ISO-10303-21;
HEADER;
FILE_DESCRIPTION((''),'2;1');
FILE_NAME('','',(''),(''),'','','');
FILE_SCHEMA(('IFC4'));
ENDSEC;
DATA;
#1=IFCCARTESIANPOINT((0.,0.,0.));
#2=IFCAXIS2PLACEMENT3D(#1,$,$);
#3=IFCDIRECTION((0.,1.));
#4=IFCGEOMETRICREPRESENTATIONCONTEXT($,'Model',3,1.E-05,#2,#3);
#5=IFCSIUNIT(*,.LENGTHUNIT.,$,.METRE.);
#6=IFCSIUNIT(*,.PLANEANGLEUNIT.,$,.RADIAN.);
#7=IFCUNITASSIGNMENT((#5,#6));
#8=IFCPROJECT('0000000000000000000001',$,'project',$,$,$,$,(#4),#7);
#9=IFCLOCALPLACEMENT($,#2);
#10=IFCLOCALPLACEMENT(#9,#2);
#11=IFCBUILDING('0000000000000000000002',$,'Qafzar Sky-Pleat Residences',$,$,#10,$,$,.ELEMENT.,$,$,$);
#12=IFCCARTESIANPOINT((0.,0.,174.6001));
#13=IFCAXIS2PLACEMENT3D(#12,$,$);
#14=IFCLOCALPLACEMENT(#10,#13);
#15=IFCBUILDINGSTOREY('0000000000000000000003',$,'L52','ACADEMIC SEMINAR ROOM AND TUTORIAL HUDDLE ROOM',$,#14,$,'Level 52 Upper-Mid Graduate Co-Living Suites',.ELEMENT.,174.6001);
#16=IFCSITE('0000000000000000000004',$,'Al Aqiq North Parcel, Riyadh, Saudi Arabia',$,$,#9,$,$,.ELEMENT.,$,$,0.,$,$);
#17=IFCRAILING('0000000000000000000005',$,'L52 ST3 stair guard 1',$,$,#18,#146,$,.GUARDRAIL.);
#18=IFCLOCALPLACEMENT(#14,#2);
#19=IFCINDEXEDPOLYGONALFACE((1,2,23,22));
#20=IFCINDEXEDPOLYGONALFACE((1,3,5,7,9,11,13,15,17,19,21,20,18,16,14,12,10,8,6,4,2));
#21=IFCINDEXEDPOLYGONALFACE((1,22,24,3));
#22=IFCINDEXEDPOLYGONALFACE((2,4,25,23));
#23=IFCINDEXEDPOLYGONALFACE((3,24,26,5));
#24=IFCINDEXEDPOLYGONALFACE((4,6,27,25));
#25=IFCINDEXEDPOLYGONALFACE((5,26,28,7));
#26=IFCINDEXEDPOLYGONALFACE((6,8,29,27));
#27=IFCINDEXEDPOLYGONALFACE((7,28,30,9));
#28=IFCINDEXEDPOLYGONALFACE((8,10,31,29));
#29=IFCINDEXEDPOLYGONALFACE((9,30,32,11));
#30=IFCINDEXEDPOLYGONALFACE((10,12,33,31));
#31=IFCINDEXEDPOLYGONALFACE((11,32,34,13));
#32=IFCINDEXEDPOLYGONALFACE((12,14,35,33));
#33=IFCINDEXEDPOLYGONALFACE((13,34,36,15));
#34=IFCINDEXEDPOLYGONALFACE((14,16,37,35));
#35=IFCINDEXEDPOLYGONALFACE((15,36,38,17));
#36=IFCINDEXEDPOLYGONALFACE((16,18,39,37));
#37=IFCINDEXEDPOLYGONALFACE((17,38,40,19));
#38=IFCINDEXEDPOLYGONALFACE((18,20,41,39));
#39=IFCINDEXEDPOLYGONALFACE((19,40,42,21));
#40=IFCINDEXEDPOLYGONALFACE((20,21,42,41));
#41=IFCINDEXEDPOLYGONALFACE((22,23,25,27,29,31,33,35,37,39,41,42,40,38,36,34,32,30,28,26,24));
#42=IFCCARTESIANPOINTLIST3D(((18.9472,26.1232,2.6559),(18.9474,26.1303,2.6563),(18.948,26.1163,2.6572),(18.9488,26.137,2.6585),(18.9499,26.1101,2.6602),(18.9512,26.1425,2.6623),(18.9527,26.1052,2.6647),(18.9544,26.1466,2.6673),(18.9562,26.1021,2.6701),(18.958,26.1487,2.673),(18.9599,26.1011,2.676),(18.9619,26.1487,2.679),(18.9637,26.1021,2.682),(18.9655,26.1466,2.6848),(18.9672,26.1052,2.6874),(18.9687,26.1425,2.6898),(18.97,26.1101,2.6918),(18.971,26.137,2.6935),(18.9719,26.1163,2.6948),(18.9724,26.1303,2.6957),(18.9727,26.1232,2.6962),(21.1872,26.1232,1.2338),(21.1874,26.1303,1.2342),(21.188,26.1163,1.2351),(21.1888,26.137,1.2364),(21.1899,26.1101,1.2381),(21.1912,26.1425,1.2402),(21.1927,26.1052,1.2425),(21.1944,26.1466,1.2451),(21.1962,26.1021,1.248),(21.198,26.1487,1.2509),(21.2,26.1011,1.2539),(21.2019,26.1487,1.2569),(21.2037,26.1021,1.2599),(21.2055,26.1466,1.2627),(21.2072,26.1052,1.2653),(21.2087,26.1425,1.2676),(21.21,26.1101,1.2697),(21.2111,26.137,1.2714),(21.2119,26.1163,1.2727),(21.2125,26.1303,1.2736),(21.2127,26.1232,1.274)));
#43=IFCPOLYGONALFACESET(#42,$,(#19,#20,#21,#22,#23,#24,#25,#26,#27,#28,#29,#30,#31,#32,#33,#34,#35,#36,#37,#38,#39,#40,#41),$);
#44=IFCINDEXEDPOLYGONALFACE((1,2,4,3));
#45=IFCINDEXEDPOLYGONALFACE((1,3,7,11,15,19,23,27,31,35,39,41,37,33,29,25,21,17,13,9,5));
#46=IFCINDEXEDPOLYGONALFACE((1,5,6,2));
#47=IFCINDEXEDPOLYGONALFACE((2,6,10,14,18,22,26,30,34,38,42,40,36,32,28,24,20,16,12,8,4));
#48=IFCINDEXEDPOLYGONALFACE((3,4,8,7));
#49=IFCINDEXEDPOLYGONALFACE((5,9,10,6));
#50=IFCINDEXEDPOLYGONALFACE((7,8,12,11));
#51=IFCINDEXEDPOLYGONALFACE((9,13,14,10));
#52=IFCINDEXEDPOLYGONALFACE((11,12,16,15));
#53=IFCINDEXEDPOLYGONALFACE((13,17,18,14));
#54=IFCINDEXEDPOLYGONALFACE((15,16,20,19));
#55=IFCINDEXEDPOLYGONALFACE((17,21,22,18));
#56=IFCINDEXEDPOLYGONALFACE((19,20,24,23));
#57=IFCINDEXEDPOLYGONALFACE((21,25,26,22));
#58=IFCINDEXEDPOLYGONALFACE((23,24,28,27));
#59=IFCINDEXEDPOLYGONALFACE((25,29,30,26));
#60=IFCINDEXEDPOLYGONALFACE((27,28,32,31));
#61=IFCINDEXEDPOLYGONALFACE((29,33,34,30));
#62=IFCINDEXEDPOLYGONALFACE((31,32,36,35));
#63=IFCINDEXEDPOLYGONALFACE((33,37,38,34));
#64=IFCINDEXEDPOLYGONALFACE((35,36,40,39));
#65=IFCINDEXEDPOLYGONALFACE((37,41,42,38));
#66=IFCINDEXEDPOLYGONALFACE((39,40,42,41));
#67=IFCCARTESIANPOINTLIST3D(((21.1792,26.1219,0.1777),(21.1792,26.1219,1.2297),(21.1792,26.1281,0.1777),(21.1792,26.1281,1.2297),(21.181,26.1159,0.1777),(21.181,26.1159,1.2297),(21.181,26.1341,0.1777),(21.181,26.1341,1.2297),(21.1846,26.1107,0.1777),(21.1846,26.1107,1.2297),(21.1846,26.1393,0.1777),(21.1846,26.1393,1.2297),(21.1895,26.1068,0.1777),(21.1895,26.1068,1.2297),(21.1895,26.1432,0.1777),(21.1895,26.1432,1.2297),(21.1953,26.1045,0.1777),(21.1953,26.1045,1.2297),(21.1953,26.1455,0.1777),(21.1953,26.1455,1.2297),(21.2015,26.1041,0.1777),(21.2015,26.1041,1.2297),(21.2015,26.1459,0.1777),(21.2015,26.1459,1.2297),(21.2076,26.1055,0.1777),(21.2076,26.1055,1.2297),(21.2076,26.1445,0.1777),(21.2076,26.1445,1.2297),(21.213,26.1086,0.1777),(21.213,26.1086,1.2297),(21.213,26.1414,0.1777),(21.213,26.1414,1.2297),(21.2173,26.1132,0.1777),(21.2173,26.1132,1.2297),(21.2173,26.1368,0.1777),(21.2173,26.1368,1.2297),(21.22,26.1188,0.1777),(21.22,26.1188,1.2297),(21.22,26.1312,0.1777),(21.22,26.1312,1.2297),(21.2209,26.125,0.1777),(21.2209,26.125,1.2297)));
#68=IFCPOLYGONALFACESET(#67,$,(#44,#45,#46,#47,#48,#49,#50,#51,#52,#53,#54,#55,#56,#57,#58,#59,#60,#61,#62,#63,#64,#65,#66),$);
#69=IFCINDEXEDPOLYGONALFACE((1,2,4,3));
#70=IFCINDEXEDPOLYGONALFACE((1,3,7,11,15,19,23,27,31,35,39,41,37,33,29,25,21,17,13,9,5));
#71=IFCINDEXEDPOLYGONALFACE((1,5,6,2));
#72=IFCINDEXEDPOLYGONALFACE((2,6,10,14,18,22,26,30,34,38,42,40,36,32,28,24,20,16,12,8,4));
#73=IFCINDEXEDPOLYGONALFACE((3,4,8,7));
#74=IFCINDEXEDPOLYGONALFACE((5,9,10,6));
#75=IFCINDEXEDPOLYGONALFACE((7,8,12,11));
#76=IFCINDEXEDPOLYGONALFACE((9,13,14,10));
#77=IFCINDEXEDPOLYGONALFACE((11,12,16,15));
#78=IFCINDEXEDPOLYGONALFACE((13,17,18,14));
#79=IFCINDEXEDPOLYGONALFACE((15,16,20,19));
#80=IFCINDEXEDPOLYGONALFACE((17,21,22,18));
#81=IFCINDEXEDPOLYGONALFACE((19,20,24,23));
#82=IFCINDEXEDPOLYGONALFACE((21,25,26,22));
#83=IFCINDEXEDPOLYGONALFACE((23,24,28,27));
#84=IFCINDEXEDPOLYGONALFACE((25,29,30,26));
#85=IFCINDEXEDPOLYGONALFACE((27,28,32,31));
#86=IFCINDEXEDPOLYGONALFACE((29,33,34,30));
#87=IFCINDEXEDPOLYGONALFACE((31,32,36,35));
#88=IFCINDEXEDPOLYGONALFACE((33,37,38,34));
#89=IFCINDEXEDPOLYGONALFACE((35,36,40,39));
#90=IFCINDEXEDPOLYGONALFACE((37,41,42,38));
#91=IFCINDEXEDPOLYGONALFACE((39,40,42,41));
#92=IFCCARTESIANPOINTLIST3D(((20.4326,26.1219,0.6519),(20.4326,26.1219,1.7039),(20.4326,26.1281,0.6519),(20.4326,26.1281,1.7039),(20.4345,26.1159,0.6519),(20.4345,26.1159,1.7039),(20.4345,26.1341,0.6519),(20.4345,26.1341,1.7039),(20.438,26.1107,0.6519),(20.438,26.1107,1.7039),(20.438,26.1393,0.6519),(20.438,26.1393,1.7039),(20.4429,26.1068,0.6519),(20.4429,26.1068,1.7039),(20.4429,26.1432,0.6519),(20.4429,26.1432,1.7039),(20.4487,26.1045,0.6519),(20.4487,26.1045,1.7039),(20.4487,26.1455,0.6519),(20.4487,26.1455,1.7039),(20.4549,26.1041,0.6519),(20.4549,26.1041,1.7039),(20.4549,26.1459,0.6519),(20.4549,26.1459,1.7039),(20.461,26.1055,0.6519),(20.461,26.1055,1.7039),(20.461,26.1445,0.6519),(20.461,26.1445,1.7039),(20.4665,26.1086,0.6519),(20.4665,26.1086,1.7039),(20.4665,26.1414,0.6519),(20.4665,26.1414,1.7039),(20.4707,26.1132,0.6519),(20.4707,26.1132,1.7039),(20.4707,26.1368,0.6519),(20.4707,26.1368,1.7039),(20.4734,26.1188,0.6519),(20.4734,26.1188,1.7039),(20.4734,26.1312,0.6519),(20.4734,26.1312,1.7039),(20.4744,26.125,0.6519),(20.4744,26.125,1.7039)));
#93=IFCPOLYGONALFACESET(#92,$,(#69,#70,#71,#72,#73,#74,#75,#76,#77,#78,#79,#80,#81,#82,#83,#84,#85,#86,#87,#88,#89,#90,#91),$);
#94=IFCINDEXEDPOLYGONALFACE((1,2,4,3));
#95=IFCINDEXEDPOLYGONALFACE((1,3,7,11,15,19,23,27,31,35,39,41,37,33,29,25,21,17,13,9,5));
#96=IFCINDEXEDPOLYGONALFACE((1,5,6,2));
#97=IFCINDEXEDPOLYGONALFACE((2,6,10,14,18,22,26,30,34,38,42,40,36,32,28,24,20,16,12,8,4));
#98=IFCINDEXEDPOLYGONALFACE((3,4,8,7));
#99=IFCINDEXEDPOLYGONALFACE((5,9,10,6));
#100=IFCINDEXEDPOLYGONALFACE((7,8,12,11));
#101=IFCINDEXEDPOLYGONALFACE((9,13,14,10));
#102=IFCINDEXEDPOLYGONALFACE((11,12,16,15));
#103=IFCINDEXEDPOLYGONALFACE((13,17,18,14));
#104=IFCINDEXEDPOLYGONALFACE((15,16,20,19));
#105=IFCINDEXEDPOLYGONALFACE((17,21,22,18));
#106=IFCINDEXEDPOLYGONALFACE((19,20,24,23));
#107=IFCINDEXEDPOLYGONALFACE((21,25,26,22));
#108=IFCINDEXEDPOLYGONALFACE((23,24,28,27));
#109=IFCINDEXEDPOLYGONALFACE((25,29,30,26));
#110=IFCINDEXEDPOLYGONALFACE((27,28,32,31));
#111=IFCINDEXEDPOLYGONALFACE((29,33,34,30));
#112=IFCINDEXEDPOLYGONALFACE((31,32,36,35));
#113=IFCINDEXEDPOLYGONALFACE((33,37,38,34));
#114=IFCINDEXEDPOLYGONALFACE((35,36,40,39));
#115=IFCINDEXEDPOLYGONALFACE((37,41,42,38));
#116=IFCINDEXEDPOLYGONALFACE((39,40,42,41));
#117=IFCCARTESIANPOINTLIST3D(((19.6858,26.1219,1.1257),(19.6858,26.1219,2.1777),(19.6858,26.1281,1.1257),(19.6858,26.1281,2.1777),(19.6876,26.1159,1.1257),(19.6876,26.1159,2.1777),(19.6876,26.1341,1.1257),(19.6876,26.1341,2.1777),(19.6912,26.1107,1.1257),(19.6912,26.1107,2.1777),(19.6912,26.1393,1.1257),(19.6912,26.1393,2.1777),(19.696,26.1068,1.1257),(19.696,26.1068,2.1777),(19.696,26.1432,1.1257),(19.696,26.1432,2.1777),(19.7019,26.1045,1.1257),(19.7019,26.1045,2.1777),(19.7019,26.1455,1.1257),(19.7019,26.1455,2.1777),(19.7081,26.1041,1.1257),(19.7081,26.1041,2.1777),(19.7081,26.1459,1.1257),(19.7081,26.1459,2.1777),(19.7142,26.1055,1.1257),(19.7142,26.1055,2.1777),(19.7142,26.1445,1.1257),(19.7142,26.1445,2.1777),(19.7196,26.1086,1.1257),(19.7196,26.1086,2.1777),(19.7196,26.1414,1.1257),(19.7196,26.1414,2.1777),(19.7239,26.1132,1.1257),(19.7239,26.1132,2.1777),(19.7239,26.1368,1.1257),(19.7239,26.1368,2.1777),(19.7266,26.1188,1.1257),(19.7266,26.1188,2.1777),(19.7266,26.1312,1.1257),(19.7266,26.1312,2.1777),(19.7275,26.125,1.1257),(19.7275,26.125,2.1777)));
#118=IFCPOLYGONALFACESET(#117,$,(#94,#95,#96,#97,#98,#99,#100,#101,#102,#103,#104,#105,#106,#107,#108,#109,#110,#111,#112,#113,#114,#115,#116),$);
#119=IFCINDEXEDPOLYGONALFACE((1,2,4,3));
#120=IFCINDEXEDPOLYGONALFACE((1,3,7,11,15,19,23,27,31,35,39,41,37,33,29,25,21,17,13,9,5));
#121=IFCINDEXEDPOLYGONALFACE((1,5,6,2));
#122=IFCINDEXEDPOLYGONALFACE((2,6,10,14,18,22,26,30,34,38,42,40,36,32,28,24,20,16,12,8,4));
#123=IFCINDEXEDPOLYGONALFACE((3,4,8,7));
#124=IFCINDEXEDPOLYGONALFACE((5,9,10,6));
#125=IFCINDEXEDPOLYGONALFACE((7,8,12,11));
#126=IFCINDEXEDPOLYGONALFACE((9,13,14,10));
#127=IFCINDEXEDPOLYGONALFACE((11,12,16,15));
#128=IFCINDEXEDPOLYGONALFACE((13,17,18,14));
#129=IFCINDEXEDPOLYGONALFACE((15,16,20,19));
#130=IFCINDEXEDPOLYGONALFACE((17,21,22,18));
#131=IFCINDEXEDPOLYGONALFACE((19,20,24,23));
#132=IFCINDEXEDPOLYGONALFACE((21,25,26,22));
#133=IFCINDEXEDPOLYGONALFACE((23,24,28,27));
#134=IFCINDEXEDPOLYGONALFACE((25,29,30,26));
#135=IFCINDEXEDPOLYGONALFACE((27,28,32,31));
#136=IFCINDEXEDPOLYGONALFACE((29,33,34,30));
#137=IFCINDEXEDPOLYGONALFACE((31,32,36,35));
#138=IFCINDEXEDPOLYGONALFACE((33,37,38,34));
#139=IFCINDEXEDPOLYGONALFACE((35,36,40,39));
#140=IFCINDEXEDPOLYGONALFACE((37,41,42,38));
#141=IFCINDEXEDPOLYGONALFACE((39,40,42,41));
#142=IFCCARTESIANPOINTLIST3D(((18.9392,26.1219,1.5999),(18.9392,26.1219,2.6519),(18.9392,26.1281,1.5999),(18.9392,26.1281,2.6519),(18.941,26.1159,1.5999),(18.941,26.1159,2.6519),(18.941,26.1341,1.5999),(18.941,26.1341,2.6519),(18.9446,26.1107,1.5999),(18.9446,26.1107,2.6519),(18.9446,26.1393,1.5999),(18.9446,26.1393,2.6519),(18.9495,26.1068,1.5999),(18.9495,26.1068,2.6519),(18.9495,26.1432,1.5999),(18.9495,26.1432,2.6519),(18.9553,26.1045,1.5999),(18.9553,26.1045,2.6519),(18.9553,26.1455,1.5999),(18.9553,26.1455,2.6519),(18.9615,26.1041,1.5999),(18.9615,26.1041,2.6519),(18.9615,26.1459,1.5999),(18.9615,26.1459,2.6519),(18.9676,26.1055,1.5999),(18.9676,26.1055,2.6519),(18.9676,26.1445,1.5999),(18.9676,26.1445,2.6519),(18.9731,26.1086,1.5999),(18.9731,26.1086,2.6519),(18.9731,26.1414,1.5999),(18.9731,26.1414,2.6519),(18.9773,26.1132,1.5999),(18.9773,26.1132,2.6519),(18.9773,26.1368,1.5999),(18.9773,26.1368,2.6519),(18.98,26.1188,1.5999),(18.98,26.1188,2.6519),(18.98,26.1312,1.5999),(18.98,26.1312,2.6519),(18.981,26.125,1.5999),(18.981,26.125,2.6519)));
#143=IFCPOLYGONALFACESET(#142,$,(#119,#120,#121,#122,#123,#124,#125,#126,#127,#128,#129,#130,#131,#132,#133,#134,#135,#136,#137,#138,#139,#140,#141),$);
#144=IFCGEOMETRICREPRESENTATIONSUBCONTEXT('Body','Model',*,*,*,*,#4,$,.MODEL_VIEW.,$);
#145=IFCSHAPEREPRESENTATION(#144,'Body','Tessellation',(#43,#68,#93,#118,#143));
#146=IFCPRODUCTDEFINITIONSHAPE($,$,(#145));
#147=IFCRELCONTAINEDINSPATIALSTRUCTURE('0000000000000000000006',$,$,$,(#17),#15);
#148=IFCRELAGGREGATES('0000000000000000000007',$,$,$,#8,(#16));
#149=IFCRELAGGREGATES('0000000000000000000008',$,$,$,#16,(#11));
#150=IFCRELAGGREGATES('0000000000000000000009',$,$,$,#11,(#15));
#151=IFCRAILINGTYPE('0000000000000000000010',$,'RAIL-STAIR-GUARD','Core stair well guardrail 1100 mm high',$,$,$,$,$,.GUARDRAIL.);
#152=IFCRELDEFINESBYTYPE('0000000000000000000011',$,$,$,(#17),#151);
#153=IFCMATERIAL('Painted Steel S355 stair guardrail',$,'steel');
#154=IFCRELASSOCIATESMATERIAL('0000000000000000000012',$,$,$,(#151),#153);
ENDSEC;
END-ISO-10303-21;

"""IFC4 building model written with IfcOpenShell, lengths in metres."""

from ifc_helpers import new_model, si_unit, direction, frame, origin, origin_2d, place, context, subcontext, project, spatial, circle, extrude, source, transform, mapped, material, type_object, element, save


model = new_model("IFC4")

# Units and contexts
model_context = context("Model", 3, precision=1e-05, world=origin(), true_north=direction((0.0, 1.0)))
body_context = subcontext(model_context, "Body", "Model", "MODEL_VIEW")
ifc_project = project(units=[si_unit("LENGTHUNIT", "METRE"), si_unit("PLANEANGLEUNIT", "RADIAN")], contexts=[model_context])

# Site, building, storey
site_placement = place(None, origin())
site = spatial("IfcSite", under=ifc_project, at=site_placement, Name="Al Aqiq North Parcel, Riyadh, Saudi Arabia", CompositionType="ELEMENT", RefElevation=0.0)
building_placement = place(site_placement, origin())
building = spatial("IfcBuilding", under=site, at=building_placement, Name="Qafzar Sky-Pleat Residences", CompositionType="ELEMENT")
storey_placement = place(building_placement, frame((0.0, 0.0, 174.6001)))
storey = spatial("IfcBuildingStorey", under=building, at=storey_placement, Name="L52", Description="ACADEMIC SEMINAR ROOM AND TUTORIAL HUDDLE ROOM", LongName="Level 52 Upper-Mid Graduate Co-Living Suites", CompositionType="ELEMENT", Elevation=174.6001)

# Railing
ifc_material_1 = material(Name="Painted Steel S355 stair guardrail", Category="steel")
railing_type_1 = type_object("IfcRailingType", Name="RAIL-STAIR-GUARD", Description="Core stair well guardrail 1100 mm high", PredefinedType="GUARDRAIL", material=ifc_material_1)
shared_shape_1 = source(origin(), body_context, "Body", "SweptSolid", [
    extrude(circle(Radius=0.0239, at=origin_2d()), frame((0.0, 0.0, 1.0762), z_axis=(-0.844229, 0.0, 0.535982), x_axis=(0.0, -1.0, 0.0)), (0.0, 0.0, 1.0), 2.6533),
    extrude(circle(Radius=0.021, at=origin_2d()), origin(), (0.0, 0.0, 1.0), 1.052),
    extrude(circle(Radius=0.021, at=origin_2d()), frame((-0.7466, 0.0, 0.4741)), (0.0, 0.0, 1.0), 1.052),
    extrude(circle(Radius=0.021, at=origin_2d()), frame((-1.4934, 0.0, 0.948)), (0.0, 0.0, 1.0), 1.052),
    extrude(circle(Radius=0.021, at=origin_2d()), frame((-2.24, 0.0, 1.4221)), (0.0, 0.0, 1.0), 1.052),
])
railing_1_placement = place(storey_placement, frame((21.2, 26.125, 0.1777)))
element("IfcRailing", 1, at=railing_1_placement, inside=storey, type_object=railing_type_1, Name="L52 ST3 stair guard 1", PredefinedType="GUARDRAIL", context=body_context, shape_type="MappedRepresentation", body=[
    mapped(shared_shape_1, transform((0.0, 0.0, 0.0), x_axis=(1.0, 0.0, 0.0), y_axis=(0.0, 1.0, 0.0), z_axis=(0.0, 0.0, 1.0), scale=1.0)),
])

save(model, "model.ifc")
